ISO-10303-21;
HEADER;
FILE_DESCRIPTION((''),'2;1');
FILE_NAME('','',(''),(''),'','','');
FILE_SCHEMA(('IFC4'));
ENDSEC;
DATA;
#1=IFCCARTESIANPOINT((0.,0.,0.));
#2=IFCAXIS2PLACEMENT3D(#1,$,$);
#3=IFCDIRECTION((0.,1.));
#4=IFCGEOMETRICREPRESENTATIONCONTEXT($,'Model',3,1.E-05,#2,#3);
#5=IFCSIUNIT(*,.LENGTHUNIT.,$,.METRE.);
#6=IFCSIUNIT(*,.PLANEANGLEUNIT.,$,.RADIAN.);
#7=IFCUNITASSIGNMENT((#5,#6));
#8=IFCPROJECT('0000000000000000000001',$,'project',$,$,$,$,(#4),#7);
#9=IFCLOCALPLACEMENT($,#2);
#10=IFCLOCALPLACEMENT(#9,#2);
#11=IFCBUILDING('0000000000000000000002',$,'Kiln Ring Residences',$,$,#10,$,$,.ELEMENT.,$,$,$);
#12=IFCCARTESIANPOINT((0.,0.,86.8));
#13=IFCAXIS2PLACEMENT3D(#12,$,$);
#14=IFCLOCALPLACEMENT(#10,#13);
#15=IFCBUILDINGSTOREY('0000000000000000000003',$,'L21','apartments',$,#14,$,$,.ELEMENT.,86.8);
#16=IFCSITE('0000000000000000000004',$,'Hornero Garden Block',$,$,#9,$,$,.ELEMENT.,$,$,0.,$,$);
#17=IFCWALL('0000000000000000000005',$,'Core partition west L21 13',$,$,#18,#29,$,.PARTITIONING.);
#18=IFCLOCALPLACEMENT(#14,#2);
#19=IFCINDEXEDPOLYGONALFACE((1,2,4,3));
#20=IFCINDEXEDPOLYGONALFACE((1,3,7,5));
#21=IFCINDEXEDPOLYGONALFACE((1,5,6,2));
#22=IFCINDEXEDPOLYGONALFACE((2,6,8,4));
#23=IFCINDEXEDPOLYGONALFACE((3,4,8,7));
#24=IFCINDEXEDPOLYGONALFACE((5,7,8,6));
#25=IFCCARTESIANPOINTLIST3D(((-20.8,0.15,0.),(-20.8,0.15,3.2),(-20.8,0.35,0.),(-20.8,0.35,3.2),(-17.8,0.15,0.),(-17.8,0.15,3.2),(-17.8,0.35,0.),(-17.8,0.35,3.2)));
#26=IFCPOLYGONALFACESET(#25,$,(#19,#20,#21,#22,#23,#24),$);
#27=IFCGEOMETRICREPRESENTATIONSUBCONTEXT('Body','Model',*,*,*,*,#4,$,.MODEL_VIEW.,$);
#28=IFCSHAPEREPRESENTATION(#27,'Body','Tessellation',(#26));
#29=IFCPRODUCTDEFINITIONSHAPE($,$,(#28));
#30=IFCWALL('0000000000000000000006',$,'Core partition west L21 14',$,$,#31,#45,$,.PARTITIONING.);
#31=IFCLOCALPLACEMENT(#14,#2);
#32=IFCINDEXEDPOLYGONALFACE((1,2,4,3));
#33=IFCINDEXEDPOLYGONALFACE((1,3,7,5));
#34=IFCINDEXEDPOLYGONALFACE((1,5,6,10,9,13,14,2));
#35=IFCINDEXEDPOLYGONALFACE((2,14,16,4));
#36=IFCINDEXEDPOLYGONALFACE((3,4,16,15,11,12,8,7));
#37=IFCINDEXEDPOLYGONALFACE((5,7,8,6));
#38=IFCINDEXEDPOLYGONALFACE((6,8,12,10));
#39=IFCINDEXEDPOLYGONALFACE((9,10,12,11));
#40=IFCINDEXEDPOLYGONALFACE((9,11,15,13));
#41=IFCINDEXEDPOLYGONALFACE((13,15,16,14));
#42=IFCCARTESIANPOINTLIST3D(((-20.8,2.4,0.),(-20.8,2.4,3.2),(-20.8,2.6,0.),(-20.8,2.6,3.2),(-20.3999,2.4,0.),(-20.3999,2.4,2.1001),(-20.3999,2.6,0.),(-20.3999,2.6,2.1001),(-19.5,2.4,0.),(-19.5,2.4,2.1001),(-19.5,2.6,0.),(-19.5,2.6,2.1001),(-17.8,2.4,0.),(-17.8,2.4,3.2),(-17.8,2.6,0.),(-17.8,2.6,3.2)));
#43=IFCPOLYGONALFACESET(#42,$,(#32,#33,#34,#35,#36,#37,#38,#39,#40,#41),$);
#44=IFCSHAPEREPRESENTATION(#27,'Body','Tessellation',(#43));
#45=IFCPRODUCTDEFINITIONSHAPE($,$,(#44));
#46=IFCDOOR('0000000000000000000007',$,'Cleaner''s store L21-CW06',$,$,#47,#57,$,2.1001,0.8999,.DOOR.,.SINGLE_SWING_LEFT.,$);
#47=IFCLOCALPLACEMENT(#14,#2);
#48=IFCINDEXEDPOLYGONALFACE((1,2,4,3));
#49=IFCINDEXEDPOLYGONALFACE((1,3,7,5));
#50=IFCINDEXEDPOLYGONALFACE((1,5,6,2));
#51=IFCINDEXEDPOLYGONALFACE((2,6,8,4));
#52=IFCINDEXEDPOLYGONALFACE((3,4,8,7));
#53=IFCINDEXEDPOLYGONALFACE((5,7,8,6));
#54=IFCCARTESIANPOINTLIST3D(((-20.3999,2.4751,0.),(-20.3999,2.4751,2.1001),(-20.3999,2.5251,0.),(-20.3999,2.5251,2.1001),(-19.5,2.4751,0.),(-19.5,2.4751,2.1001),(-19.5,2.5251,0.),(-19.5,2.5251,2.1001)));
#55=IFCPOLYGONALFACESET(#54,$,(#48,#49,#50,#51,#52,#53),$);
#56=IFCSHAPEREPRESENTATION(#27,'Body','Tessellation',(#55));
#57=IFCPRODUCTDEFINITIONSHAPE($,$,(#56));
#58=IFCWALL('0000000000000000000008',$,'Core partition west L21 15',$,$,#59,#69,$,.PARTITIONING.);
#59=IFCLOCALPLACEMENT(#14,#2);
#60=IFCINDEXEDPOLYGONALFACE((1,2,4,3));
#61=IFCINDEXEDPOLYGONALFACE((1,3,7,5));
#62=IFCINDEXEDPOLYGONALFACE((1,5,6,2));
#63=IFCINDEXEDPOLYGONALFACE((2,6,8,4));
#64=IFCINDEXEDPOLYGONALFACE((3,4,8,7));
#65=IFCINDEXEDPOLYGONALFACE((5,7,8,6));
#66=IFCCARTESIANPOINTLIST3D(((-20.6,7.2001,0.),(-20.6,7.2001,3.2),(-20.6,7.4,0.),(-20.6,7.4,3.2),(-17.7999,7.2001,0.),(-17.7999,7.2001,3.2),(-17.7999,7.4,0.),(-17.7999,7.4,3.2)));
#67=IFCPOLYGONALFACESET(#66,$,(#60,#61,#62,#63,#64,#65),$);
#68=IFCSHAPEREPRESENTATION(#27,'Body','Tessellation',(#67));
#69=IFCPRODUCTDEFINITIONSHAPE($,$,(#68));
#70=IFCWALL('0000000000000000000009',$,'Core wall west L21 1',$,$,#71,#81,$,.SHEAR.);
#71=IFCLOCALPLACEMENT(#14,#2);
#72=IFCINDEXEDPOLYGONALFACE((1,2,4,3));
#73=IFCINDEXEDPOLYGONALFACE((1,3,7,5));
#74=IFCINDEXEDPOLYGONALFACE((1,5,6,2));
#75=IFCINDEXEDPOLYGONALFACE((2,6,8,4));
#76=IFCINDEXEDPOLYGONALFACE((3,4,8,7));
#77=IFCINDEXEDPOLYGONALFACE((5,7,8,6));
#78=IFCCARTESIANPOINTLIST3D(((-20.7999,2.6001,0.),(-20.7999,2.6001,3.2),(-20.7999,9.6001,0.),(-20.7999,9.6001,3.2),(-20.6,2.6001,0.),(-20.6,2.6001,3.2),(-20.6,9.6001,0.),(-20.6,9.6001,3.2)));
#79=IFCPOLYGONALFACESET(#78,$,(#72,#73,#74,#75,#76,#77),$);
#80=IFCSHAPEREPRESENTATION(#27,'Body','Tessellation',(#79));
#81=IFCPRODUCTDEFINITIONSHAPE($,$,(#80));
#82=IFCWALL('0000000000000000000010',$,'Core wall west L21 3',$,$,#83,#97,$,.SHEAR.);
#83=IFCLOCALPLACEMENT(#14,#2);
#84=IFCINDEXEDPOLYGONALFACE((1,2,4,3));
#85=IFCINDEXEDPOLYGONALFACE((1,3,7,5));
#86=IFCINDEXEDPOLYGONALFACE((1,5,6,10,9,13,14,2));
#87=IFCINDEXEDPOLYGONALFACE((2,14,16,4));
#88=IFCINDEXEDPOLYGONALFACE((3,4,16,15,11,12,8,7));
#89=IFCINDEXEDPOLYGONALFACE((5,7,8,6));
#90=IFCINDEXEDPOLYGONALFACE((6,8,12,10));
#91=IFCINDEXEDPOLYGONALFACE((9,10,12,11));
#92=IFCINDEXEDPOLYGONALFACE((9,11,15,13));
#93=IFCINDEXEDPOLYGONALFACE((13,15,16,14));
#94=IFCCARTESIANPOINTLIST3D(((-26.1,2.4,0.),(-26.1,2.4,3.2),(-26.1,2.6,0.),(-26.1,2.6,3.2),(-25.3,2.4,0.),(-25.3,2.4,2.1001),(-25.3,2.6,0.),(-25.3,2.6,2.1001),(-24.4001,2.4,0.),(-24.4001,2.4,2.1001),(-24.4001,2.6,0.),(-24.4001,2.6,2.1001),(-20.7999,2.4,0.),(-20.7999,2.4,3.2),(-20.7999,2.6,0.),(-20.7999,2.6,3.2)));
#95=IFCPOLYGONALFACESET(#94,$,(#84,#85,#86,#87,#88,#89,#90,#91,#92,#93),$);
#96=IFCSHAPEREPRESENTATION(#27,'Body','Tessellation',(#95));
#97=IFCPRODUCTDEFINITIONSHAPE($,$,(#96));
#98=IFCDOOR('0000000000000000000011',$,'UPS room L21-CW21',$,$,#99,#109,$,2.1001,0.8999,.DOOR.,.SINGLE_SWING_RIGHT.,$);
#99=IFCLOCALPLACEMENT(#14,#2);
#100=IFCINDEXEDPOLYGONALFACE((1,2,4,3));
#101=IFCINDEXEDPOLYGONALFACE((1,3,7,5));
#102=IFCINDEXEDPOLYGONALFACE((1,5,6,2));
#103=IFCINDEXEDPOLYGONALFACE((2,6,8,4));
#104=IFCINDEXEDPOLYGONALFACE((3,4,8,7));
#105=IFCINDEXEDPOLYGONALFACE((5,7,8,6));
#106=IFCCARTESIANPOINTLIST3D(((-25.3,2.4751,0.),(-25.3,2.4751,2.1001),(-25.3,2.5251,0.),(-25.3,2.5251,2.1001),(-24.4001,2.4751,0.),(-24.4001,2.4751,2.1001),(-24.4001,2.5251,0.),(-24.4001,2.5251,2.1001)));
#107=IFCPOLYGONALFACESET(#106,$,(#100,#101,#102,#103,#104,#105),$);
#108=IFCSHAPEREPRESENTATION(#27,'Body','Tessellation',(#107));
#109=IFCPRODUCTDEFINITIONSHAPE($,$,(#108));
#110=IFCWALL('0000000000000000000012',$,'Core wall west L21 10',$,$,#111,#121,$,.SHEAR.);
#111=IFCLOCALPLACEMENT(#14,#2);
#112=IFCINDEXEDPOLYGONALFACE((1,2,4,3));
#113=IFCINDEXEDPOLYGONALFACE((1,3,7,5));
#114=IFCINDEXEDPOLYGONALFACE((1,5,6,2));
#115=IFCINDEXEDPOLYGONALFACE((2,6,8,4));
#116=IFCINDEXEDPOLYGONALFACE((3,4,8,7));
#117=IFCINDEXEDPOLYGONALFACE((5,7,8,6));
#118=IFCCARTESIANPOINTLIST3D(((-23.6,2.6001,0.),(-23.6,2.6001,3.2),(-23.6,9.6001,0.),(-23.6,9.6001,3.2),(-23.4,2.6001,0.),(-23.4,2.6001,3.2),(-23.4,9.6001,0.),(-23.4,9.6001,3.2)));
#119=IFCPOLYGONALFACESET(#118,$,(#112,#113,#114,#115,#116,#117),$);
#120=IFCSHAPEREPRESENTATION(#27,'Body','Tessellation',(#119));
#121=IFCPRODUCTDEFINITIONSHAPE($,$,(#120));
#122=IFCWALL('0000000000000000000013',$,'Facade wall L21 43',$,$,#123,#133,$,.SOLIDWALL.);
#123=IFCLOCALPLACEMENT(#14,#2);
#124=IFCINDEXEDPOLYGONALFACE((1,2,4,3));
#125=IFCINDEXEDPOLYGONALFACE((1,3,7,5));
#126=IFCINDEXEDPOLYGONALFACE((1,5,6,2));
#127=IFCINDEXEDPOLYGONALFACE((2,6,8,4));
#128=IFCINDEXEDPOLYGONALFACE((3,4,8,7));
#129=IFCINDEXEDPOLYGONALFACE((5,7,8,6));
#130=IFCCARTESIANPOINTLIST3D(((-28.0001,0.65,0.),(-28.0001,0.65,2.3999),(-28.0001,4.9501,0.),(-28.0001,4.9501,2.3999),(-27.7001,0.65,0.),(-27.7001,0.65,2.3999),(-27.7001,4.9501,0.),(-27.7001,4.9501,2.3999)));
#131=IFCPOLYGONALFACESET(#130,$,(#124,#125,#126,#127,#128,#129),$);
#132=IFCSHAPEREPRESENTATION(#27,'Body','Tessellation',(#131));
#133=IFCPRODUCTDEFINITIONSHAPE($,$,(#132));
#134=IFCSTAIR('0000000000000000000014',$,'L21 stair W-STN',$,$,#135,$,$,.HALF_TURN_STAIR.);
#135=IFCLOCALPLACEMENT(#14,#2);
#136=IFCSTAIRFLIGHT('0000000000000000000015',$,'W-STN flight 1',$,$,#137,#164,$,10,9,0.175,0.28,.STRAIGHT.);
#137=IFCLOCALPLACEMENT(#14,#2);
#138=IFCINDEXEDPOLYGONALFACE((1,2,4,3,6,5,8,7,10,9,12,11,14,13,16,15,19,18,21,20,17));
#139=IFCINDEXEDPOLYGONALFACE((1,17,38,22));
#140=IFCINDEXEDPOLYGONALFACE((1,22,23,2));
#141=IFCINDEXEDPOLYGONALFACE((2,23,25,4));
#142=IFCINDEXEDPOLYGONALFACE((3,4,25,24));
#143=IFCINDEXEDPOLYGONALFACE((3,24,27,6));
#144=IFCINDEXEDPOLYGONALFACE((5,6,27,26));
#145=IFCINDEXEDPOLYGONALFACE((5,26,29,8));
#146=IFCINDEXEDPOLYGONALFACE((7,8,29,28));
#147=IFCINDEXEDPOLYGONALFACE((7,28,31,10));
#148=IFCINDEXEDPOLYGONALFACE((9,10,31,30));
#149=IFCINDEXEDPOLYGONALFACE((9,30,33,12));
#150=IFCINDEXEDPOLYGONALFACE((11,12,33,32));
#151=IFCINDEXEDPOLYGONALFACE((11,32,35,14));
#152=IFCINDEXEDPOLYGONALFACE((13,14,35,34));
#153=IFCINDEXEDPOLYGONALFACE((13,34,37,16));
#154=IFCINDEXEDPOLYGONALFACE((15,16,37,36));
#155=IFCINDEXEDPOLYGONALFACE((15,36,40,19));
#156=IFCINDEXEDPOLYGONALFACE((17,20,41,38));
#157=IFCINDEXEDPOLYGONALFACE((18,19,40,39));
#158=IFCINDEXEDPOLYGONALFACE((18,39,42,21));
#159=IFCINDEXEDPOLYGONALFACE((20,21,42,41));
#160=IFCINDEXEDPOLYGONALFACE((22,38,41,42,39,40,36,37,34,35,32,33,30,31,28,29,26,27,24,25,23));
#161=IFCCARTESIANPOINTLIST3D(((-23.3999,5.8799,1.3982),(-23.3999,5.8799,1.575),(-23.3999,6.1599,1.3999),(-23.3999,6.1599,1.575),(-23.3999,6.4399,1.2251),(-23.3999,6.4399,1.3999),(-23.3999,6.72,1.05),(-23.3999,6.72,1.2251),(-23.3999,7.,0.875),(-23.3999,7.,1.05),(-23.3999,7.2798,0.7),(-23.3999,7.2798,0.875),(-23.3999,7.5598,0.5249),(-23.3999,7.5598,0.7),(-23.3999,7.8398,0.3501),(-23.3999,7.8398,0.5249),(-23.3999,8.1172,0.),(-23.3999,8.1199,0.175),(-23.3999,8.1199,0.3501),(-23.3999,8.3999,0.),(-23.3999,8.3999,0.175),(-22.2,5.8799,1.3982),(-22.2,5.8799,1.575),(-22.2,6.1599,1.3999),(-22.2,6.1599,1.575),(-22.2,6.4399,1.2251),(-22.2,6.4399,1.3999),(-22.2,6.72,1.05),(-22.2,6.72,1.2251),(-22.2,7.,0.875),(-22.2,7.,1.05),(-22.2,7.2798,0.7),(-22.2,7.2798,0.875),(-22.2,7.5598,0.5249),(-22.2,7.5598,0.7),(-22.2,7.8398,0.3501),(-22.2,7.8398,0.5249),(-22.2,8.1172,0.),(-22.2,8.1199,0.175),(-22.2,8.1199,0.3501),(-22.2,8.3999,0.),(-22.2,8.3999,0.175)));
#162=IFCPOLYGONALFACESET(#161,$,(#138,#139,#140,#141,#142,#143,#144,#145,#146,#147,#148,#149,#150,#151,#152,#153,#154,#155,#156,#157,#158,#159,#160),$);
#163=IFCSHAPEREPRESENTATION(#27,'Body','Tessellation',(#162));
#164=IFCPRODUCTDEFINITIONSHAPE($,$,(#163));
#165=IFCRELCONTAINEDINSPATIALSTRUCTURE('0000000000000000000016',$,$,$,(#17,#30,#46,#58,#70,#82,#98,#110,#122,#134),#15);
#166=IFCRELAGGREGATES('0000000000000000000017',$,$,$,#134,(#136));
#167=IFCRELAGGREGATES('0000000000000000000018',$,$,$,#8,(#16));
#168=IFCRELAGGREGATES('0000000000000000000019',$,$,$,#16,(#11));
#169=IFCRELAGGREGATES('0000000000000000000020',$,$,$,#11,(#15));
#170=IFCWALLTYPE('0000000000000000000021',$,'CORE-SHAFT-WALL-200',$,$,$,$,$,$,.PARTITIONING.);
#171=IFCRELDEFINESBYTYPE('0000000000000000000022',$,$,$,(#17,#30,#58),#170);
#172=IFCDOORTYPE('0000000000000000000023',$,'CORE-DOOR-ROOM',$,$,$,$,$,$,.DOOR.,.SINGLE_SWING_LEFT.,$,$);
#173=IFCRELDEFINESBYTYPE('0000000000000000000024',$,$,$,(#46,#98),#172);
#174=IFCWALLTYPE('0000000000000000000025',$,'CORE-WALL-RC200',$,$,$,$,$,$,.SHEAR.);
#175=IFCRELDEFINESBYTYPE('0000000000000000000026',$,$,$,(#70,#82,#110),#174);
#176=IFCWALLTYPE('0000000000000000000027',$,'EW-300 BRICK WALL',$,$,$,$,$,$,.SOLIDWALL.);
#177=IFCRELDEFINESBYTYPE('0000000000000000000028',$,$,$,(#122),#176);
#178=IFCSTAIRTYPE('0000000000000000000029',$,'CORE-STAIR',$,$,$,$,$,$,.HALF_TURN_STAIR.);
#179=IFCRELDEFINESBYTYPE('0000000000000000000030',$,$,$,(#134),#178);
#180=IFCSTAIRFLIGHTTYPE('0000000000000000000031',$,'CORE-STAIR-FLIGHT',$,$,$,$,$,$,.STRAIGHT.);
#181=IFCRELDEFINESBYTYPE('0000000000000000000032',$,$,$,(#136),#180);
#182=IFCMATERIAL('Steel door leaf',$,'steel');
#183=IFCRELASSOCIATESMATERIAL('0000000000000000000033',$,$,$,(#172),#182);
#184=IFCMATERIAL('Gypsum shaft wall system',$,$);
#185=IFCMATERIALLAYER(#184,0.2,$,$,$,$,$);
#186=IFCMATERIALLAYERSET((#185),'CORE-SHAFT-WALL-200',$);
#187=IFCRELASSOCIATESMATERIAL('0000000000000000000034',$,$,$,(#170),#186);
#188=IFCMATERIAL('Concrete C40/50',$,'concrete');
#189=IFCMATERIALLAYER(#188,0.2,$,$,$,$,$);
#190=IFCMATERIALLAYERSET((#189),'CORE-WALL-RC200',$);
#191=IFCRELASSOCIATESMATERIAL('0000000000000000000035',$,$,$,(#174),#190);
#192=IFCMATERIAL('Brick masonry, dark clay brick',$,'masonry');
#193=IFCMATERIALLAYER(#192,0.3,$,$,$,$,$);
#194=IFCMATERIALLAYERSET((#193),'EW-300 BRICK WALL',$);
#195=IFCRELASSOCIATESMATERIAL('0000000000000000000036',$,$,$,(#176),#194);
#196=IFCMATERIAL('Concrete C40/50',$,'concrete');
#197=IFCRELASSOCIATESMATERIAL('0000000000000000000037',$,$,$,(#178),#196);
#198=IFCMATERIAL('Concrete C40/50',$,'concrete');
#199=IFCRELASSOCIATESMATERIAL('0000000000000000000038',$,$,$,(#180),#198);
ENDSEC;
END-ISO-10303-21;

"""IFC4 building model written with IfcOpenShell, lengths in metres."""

from ifc_helpers import new_model, si_unit, direction, frame, frame_2d, origin, place, context, subcontext, project, spatial, polyline, rectangle, outline, extrude, material, layer, layer_set, type_object, element, fill, aggregate, save


model = new_model("IFC4")

# Units and contexts
model_context = context("Model", 3, precision=1e-05, world=origin(), true_north=direction((0.0, 1.0)))
body_context = subcontext(model_context, "Body", "Model", "MODEL_VIEW")
ifc_project = project(units=[si_unit("LENGTHUNIT", "METRE"), si_unit("PLANEANGLEUNIT", "RADIAN")], contexts=[model_context])

# Site, building, storey
site_placement = place(None, origin())
site = spatial("IfcSite", under=ifc_project, at=site_placement, Name="Hornero Garden Block", CompositionType="ELEMENT", RefElevation=0.0)
building_placement = place(site_placement, origin())
building = spatial("IfcBuilding", under=site, at=building_placement, Name="Kiln Ring Residences", CompositionType="ELEMENT")
storey_placement = place(building_placement, frame((0.0, 0.0, 86.8)))
storey = spatial("IfcBuildingStorey", under=building, at=storey_placement, Name="L21", Description="apartments", CompositionType="ELEMENT", Elevation=86.8)

# Shared definitions
ifc_material_1 = material(Name="Steel door leaf", Category="steel")
door_type = type_object("IfcDoorType", Name="CORE-DOOR-ROOM", OperationType="SINGLE_SWING_LEFT", PredefinedType="DOOR", material=ifc_material_1)

# Wall
ifc_material_2 = material(Name="Gypsum shaft wall system")
ifc_layer_1 = layer(ifc_material_2, 0.2)
ifc_layer_set_1 = layer_set([ifc_layer_1], Name="CORE-SHAFT-WALL-200")
wall_type_1 = type_object("IfcWallType", Name="CORE-SHAFT-WALL-200", PredefinedType="PARTITIONING", material=ifc_layer_set_1)
wall_1_placement = place(storey_placement, frame((-17.8, 0.25, 0.0), z_axis=(0.0, 0.0, 1.0), x_axis=(-1.0, 0.0, 0.0)))
element("IfcWall", 1, at=wall_1_placement, inside=storey, type_object=wall_type_1, Name="Core partition west L21 13", PredefinedType="PARTITIONING", context=body_context, shape_type="SweptSolid", body=[
    extrude(rectangle(XDim=3.0, YDim=0.2, at=frame_2d((1.5, 0.0))), origin(), (0.0, 0.0, 1.0), 3.2),
])

# Wall, opening, door
wall_2_placement = place(storey_placement, frame((-17.8, 2.5, 0.0), z_axis=(0.0, 0.0, 1.0), x_axis=(-1.0, 0.0, 0.0)))
wall_2 = element("IfcWall", 2, at=wall_2_placement, inside=storey, type_object=wall_type_1, Name="Core partition west L21 14", PredefinedType="PARTITIONING", context=body_context, shape_type="SweptSolid", body=[
    extrude(rectangle(XDim=3.0, YDim=0.2, at=frame_2d((1.5, 0.0))), origin(), (0.0, 0.0, 1.0), 3.2),
])
opening_1_placement = place(wall_2_placement, frame((1.7, 0.0, 0.0)))
opening_1 = element("IfcOpeningElement", 3, at=opening_1_placement, cuts=wall_2, PredefinedType="OPENING", context=body_context, shape_type="SweptSolid", body=[
    extrude(rectangle(XDim=0.8999, YDim=2.1001, at=frame_2d((0.45, 1.05))), frame((0.0, 0.1099, 0.0), z_axis=(0.0, -1.0, 0.0), x_axis=(1.0, 0.0, 0.0)), (0.0, 0.0, 1.0), 0.22),
])
door_1_placement = place(opening_1_placement, origin())
door_1 = element("IfcDoor", 4, at=door_1_placement, inside=storey, type_object=door_type, Name="Cleaner's store L21-CW06", OperationType="SINGLE_SWING_LEFT", OverallHeight=2.1001, OverallWidth=0.8999, PredefinedType="DOOR", context=body_context, shape_type="SweptSolid", body=[
    extrude(rectangle(XDim=0.8999, YDim=2.1001, at=frame_2d((0.45, 1.05))), frame((0.0, 0.0249, 0.0), z_axis=(0.0, -1.0, 0.0), x_axis=(1.0, 0.0, 0.0)), (0.0, 0.0, 1.0), 0.05),
])
fill(opening_1, door_1)

# Walls
wall_3_placement = place(storey_placement, frame((-17.8, 7.3, 0.0), z_axis=(0.0, 0.0, 1.0), x_axis=(-1.0, 0.0, 0.0)))
element("IfcWall", 5, at=wall_3_placement, inside=storey, type_object=wall_type_1, Name="Core partition west L21 15", PredefinedType="PARTITIONING", context=body_context, shape_type="SweptSolid", body=[
    extrude(rectangle(XDim=2.8, YDim=0.2, at=frame_2d((1.3999, 0.0))), origin(), (0.0, 0.0, 1.0), 3.2),
])
ifc_material_3 = material(Name="Concrete C40/50", Category="concrete")
ifc_layer_2 = layer(ifc_material_3, 0.2)
ifc_layer_set_2 = layer_set([ifc_layer_2], Name="CORE-WALL-RC200")
wall_type_2 = type_object("IfcWallType", Name="CORE-WALL-RC200", PredefinedType="SHEAR", material=ifc_layer_set_2)
wall_4_placement = place(storey_placement, frame((-20.7, 2.6001, 0.0), z_axis=(0.0, 0.0, 1.0), x_axis=(0.0, 1.0, 0.0)))
element("IfcWall", 6, at=wall_4_placement, inside=storey, type_object=wall_type_2, Name="Core wall west L21 1", PredefinedType="SHEAR", context=body_context, shape_type="SweptSolid", body=[
    extrude(rectangle(XDim=7.0, YDim=0.2, at=frame_2d((3.5, 0.0))), origin(), (0.0, 0.0, 1.0), 3.2),
])

# Wall, opening, door
wall_5_placement = place(storey_placement, frame((-20.8, 2.5, 0.0), z_axis=(0.0, 0.0, 1.0), x_axis=(-1.0, 0.0, 0.0)))
wall_5 = element("IfcWall", 7, at=wall_5_placement, inside=storey, type_object=wall_type_2, Name="Core wall west L21 3", PredefinedType="SHEAR", context=body_context, shape_type="SweptSolid", body=[
    extrude(rectangle(XDim=5.3, YDim=0.2, at=frame_2d((2.6499, 0.0))), origin(), (0.0, 0.0, 1.0), 3.2),
])
opening_2_placement = place(wall_5_placement, frame((3.6001, 0.0, 0.0)))
opening_2 = element("IfcOpeningElement", 8, at=opening_2_placement, cuts=wall_5, PredefinedType="OPENING", context=body_context, shape_type="SweptSolid", body=[
    extrude(rectangle(XDim=0.8999, YDim=2.1001, at=frame_2d((0.45, 1.05))), frame((0.0, 0.1099, 0.0), z_axis=(0.0, -1.0, 0.0), x_axis=(1.0, 0.0, 0.0)), (0.0, 0.0, 1.0), 0.22),
])
door_2_placement = place(opening_2_placement, origin())
door_2 = element("IfcDoor", 9, at=door_2_placement, inside=storey, type_object=door_type, Name="UPS room L21-CW21", OperationType="SINGLE_SWING_RIGHT", OverallHeight=2.1001, OverallWidth=0.8999, PredefinedType="DOOR", context=body_context, shape_type="SweptSolid", body=[
    extrude(rectangle(XDim=0.8999, YDim=2.1001, at=frame_2d((0.45, 1.05))), frame((0.0, 0.0249, 0.0), z_axis=(0.0, -1.0, 0.0), x_axis=(1.0, 0.0, 0.0)), (0.0, 0.0, 1.0), 0.05),
])
fill(opening_2, door_2)

# Walls
wall_6_placement = place(storey_placement, frame((-23.5, 2.6001, 0.0), z_axis=(0.0, 0.0, 1.0), x_axis=(0.0, 1.0, 0.0)))
element("IfcWall", 10, at=wall_6_placement, inside=storey, type_object=wall_type_2, Name="Core wall west L21 10", PredefinedType="SHEAR", context=body_context, shape_type="SweptSolid", body=[
    extrude(rectangle(XDim=7.0, YDim=0.2, at=frame_2d((3.5, 0.0))), origin(), (0.0, 0.0, 1.0), 3.2),
])
ifc_material_4 = material(Name="Brick masonry, dark clay brick", Category="masonry")
ifc_layer_3 = layer(ifc_material_4, 0.3)
ifc_layer_set_3 = layer_set([ifc_layer_3], Name="EW-300 BRICK WALL")
wall_type_3 = type_object("IfcWallType", Name="EW-300 BRICK WALL", PredefinedType="SOLIDWALL", material=ifc_layer_set_3)
wall_7_placement = place(storey_placement, frame((-27.8501, 4.95, 0.0), z_axis=(0.0, 0.0, 1.0), x_axis=(0.0, -1.0, 0.0)))
element("IfcWall", 11, at=wall_7_placement, inside=storey, type_object=wall_type_3, Name="Facade wall L21 43", PredefinedType="SOLIDWALL", context=body_context, shape_type="SweptSolid", body=[
    extrude(rectangle(XDim=4.3, YDim=0.3, at=frame_2d((2.1499, 0.0))), origin(), (0.0, 0.0, 1.0), 2.3999),
])

# Stair, stair flight
ifc_material_5 = material(Name="Concrete C40/50", Category="concrete")
stair_type = type_object("IfcStairType", Name="CORE-STAIR", PredefinedType="HALF_TURN_STAIR", material=ifc_material_5)
stair_placement = place(storey_placement, origin())
stair = element("IfcStair", 12, at=stair_placement, inside=storey, type_object=stair_type, Name="L21 stair W-STN", PredefinedType="HALF_TURN_STAIR")
ifc_material_6 = material(Name="Concrete C40/50", Category="concrete")
stair_flight_type = type_object("IfcStairFlightType", Name="CORE-STAIR-FLIGHT", PredefinedType="STRAIGHT", material=ifc_material_6)
stair_flight_1_placement = place(storey_placement, frame((-22.8, 8.3999, 0.0), z_axis=(0.0, 0.0, 1.0), x_axis=(0.0, -1.0, 0.0)))
stair_flight_1 = element("IfcStairFlight", 13, at=stair_flight_1_placement, type_object=stair_flight_type, Name="W-STN flight 1", NumberOfRisers=10, NumberOfTreads=9, PredefinedType="STRAIGHT", RiserHeight=0.175, TreadLength=0.28, context=body_context, shape_type="SweptSolid", body=[
    extrude(outline(polyline([(0.0, 0.0), (0.0, 0.175), (0.28, 0.175), (0.28, 0.3501), (0.5601, 0.3501), (0.5601, 0.5249), (0.8401, 0.5249), (0.8401, 0.7), (1.1201, 0.7), (1.1201, 0.875), (1.3999, 0.875), (1.3999, 1.05), (1.6799, 1.05), (1.6799, 1.2251), (1.96, 1.2251), (1.96, 1.3999), (2.24, 1.3999), (2.24, 1.575), (2.52, 1.575), (2.52, 1.75), (2.52, 1.3982), (0.2827, 0.0), (0.0, 0.0)])), frame((0.0, 0.6001, 0.0), z_axis=(0.0, -1.0, 0.0), x_axis=(1.0, 0.0, 0.0)), (0.0, 0.0, 1.0), 1.2),
])
aggregate(stair, [stair_flight_1])

save(model, "model.ifc")
